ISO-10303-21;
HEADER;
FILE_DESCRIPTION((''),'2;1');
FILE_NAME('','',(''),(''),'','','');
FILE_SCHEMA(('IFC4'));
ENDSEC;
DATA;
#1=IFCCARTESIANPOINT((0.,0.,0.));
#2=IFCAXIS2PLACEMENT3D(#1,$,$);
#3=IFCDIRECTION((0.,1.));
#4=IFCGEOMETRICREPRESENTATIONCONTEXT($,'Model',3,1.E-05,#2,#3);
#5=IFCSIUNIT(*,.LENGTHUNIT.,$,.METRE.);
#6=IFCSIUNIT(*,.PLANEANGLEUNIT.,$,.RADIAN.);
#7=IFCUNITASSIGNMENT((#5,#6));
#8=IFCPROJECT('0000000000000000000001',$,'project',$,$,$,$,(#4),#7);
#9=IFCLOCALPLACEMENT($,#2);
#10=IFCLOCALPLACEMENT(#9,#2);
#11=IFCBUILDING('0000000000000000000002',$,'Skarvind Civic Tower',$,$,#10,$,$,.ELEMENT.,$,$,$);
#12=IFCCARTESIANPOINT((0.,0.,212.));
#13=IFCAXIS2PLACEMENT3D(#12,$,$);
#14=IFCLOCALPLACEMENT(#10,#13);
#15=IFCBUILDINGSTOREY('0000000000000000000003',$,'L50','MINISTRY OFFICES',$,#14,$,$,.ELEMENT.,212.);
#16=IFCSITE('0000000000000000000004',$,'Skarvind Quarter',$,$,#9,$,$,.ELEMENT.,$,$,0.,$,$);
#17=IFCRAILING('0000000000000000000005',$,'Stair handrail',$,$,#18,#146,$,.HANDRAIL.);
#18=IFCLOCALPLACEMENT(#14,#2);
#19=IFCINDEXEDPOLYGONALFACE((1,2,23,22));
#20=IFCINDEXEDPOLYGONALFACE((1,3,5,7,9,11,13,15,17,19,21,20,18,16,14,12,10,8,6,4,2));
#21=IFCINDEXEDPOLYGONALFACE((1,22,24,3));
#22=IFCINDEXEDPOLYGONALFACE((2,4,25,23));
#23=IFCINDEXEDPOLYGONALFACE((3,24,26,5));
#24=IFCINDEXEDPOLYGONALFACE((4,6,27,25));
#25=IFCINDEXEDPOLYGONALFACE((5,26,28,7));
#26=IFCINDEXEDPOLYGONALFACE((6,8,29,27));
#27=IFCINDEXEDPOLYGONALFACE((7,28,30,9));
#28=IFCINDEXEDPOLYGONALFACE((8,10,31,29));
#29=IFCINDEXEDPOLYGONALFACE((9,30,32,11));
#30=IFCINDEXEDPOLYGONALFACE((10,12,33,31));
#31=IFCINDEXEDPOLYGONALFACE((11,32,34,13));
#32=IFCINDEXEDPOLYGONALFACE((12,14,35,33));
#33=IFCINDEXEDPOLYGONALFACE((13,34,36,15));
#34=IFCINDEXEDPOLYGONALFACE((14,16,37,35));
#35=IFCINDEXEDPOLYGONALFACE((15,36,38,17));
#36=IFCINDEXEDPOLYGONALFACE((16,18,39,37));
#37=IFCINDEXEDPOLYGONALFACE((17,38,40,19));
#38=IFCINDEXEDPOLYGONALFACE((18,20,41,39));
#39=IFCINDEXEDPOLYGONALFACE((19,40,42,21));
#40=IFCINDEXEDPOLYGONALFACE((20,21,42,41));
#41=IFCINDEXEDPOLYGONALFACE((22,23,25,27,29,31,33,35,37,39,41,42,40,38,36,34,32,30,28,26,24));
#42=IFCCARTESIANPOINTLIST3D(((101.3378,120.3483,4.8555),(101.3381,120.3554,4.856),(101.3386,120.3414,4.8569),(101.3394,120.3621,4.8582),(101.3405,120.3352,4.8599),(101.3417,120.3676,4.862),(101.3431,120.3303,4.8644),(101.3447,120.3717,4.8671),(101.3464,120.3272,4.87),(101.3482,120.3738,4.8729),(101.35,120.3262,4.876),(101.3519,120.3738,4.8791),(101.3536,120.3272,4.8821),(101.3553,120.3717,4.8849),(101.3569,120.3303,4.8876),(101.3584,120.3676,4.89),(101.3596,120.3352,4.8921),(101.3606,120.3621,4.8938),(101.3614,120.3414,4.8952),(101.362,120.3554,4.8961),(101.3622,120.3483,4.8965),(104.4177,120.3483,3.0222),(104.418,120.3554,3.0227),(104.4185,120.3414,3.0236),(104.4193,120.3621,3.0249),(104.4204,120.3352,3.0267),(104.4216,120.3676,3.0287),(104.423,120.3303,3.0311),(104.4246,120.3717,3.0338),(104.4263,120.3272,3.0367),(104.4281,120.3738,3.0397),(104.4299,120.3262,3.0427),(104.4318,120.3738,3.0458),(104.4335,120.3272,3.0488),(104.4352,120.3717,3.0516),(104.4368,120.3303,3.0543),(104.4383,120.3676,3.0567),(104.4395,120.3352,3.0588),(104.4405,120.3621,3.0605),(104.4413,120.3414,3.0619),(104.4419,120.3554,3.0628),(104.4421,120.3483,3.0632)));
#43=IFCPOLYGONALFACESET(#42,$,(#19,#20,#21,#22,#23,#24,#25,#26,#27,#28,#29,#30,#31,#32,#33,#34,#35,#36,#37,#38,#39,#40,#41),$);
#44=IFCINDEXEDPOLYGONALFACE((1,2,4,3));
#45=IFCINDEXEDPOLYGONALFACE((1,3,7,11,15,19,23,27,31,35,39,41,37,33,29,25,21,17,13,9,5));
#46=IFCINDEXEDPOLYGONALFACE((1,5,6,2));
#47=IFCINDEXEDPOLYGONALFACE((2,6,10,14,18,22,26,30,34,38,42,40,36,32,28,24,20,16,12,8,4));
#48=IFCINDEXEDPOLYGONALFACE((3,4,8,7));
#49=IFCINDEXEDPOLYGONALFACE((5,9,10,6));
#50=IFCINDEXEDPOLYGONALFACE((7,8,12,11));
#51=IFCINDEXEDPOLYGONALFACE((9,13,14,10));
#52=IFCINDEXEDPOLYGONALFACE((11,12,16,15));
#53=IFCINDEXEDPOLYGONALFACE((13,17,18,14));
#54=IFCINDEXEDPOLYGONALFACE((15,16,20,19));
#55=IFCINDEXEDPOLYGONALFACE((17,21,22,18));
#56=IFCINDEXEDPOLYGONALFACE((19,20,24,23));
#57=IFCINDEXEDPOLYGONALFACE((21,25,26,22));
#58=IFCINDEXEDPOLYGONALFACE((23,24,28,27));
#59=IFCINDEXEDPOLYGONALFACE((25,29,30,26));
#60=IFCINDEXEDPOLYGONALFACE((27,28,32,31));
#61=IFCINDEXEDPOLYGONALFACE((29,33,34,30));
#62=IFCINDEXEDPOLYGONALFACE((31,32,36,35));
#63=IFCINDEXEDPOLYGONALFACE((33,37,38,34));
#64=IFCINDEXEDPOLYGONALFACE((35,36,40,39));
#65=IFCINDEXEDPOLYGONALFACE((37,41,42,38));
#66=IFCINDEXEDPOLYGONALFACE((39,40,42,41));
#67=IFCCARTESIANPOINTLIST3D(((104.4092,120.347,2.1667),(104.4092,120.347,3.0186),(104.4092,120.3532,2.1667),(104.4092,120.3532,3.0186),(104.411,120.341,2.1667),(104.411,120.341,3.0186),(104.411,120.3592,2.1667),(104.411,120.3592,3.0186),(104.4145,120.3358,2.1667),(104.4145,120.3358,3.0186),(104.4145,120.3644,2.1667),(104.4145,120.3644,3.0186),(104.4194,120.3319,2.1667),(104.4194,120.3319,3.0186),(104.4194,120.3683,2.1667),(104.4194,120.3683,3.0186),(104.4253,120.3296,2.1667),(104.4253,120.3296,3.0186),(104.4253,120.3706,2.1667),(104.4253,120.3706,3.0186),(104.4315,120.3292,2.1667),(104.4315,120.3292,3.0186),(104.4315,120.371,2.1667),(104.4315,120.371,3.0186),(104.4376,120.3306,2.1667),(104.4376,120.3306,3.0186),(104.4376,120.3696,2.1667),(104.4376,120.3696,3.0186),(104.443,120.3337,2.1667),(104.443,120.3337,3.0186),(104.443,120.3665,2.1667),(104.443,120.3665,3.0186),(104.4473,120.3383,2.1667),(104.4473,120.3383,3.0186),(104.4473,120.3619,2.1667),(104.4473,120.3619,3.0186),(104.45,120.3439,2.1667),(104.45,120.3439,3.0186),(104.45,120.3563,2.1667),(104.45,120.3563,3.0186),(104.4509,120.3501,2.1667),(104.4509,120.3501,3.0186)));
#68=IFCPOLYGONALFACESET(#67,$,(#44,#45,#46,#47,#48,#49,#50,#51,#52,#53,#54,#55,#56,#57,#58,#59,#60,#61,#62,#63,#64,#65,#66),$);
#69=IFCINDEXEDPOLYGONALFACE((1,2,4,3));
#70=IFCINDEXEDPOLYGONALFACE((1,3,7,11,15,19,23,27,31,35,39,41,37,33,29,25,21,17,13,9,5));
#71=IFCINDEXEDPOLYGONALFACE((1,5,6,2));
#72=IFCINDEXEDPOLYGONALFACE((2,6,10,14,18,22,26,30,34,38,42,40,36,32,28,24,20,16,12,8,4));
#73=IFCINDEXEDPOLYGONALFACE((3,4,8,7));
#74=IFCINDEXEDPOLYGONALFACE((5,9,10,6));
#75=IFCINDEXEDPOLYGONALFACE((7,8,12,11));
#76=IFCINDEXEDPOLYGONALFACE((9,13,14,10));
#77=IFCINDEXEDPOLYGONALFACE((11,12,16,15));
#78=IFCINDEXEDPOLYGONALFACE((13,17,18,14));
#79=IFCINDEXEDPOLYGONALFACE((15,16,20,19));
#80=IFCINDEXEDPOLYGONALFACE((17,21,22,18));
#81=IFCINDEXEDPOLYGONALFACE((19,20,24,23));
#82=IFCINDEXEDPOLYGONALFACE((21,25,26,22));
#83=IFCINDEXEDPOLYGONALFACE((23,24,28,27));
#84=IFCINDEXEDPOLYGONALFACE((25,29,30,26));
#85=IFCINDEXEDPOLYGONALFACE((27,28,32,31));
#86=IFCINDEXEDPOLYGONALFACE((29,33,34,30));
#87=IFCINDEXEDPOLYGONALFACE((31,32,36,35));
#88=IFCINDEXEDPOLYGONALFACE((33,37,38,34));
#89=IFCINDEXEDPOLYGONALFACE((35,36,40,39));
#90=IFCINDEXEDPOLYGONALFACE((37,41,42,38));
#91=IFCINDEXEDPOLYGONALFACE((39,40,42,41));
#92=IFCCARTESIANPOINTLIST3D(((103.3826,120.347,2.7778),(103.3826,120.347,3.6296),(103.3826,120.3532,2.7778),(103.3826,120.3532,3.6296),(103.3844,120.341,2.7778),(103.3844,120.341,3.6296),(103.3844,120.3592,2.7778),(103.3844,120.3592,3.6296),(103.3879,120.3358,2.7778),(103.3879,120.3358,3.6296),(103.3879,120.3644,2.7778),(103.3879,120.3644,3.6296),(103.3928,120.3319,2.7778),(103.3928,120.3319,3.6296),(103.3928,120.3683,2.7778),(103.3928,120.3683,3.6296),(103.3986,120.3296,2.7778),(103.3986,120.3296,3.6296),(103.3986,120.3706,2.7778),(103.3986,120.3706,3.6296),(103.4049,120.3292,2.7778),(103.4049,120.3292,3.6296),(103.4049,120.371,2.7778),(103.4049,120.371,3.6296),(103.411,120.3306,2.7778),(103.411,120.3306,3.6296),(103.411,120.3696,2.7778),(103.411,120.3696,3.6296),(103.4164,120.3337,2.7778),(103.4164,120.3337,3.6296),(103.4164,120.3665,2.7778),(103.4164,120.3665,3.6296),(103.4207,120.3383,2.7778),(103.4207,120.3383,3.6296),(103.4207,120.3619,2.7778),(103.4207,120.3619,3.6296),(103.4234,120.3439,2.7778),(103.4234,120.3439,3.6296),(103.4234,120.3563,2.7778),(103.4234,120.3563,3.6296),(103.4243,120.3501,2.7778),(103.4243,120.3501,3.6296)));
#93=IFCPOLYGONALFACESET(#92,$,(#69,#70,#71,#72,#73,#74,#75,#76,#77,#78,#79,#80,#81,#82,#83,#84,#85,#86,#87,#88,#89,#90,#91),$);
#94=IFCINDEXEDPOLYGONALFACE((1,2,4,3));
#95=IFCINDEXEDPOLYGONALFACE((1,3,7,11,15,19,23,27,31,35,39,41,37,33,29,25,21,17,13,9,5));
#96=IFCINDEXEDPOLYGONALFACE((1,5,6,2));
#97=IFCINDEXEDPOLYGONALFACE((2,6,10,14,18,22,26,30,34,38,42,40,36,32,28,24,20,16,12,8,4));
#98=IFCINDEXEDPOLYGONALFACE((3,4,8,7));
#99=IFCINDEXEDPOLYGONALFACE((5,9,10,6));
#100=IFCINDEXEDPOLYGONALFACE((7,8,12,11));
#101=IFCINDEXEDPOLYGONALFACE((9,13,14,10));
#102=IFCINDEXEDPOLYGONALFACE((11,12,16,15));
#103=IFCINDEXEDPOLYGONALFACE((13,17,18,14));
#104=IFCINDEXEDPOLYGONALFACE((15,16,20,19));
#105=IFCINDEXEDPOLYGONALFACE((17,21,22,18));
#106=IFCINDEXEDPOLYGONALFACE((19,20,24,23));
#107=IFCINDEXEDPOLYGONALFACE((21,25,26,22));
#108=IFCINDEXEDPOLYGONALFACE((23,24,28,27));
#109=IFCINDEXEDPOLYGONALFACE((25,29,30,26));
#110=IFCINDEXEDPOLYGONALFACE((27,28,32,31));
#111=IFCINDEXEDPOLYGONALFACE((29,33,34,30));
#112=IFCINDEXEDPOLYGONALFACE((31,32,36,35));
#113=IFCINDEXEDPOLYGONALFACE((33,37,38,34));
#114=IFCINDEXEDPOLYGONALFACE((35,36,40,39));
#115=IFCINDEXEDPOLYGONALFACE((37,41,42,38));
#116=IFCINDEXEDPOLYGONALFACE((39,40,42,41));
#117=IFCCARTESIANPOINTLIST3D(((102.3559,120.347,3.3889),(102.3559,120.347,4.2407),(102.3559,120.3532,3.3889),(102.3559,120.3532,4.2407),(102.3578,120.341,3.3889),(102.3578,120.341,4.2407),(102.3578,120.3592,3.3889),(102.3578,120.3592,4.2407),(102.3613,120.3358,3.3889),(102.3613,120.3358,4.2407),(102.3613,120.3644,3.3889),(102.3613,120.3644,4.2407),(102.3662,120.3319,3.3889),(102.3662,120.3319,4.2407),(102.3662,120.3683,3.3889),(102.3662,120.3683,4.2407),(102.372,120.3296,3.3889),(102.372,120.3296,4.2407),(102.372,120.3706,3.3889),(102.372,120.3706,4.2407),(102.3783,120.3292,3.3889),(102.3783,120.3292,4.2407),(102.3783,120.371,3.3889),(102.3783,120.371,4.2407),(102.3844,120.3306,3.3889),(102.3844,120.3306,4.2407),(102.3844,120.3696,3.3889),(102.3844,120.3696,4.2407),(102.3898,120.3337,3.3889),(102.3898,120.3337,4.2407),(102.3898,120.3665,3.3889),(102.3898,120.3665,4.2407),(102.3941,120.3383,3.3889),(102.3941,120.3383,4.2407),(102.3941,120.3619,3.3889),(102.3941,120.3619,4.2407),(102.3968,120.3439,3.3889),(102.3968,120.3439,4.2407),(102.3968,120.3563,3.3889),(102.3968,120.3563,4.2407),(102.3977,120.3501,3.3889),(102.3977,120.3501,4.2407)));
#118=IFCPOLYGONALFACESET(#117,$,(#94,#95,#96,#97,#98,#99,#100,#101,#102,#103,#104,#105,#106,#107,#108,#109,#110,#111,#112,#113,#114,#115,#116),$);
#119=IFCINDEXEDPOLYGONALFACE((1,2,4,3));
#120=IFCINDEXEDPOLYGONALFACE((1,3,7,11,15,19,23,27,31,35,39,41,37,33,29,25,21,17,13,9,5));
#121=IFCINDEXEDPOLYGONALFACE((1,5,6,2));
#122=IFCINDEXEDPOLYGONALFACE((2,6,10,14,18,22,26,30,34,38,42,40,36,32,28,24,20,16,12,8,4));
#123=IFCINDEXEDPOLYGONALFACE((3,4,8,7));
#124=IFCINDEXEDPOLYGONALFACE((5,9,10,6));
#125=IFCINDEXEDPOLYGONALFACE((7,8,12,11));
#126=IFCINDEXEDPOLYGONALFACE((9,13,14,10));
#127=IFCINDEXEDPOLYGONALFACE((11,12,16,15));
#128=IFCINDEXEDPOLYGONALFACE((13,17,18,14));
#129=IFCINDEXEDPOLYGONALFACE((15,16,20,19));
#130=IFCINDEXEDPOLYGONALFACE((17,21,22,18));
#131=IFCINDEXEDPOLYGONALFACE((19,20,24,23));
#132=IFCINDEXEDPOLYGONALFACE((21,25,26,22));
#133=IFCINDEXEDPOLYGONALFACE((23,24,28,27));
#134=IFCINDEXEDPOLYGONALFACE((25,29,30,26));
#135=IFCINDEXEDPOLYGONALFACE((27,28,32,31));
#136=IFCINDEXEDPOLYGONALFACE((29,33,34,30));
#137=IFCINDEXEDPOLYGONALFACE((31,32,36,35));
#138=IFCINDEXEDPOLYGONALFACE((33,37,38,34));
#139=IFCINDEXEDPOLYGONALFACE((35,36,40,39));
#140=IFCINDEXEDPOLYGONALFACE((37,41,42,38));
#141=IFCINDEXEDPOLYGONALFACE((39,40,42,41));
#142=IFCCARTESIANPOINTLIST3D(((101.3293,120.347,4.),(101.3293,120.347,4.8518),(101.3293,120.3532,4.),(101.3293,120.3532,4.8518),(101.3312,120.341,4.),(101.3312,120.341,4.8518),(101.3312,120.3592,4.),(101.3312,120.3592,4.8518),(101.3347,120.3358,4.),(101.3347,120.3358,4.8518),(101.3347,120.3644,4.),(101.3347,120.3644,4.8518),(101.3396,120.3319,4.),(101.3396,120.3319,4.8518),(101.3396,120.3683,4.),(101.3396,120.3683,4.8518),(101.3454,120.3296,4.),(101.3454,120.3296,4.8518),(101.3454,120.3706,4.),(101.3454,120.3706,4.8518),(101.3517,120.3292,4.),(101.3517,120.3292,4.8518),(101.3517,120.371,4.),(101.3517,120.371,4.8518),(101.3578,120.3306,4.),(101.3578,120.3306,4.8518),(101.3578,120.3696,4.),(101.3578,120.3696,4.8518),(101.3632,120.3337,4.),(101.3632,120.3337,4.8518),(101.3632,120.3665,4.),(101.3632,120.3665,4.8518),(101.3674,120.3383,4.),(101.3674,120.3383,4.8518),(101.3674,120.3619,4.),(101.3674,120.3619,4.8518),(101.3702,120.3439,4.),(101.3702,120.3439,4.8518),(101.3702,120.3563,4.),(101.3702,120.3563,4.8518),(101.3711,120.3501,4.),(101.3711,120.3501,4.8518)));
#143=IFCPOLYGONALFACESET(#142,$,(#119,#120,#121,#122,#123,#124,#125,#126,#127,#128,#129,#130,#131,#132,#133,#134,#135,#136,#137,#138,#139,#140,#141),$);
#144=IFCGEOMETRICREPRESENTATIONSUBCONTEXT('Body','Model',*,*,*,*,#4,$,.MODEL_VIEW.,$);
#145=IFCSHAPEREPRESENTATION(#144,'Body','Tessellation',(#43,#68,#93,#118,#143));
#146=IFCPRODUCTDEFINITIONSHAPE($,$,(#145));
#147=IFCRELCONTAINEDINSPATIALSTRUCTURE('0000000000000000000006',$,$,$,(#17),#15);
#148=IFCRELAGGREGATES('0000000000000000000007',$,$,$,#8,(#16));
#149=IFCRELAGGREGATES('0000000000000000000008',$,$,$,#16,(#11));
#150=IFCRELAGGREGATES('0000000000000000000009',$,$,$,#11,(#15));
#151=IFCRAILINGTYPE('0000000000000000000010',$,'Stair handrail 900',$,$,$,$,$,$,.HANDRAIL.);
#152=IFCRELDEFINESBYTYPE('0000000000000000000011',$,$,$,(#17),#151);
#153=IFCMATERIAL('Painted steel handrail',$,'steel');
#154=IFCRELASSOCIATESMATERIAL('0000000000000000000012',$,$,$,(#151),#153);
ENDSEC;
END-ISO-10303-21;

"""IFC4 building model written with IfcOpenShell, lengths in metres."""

from ifc_helpers import new_model, si_unit, direction, frame, origin, origin_2d, place, context, subcontext, project, spatial, circle, extrude, material, type_object, element, save


model = new_model("IFC4")

# Units and contexts
model_context = context("Model", 3, precision=1e-05, world=origin(), true_north=direction((0.0, 1.0)))
body_context = subcontext(model_context, "Body", "Model", "MODEL_VIEW")
ifc_project = project(units=[si_unit("LENGTHUNIT", "METRE"), si_unit("PLANEANGLEUNIT", "RADIAN")], contexts=[model_context])

# Site, building, storey
site_placement = place(None, origin())
site = spatial("IfcSite", under=ifc_project, at=site_placement, Name="Skarvind Quarter", CompositionType="ELEMENT", RefElevation=0.0)
building_placement = place(site_placement, origin())
building = spatial("IfcBuilding", under=site, at=building_placement, Name="Skarvind Civic Tower", CompositionType="ELEMENT")
storey_placement = place(building_placement, frame((0.0, 0.0, 212.0)))
storey = spatial("IfcBuildingStorey", under=building, at=storey_placement, Name="L50", Description="MINISTRY OFFICES", CompositionType="ELEMENT", Elevation=212.0)

# Railing
ifc_material_1 = material(Name="Painted steel handrail", Category="steel")
railing_type = type_object("IfcRailingType", Name="Stair handrail 900", PredefinedType="HANDRAIL", material=ifc_material_1)
railing_1_placement = place(storey_placement, frame((104.4299, 120.3501, 2.1667)))
element("IfcRailing", 1, at=railing_1_placement, inside=storey, type_object=railing_type, Name="Stair handrail", PredefinedType="HANDRAIL", context=body_context, shape_type="SweptSolid", body=[
    extrude(circle(Radius=0.0239, at=origin_2d()), frame((0.0, 0.0, 0.876), z_axis=(-0.859291, 0.0, 0.511487), x_axis=(0.0, -1.0, 0.0)), (0.0, 0.0, 1.0), 3.5842),
    extrude(circle(Radius=0.021, at=origin_2d()), origin(), (0.0, 0.0, 1.0), 0.8518),
    extrude(circle(Radius=0.021, at=origin_2d()), frame((-1.0266, 0.0, 0.6111)), (0.0, 0.0, 1.0), 0.8518),
    extrude(circle(Radius=0.021, at=origin_2d()), frame((-2.0532, 0.0, 1.2222)), (0.0, 0.0, 1.0), 0.8518),
    extrude(circle(Radius=0.021, at=origin_2d()), frame((-3.0798, 0.0, 1.8333)), (0.0, 0.0, 1.0), 0.8518),
])

save(model, "model.ifc")
